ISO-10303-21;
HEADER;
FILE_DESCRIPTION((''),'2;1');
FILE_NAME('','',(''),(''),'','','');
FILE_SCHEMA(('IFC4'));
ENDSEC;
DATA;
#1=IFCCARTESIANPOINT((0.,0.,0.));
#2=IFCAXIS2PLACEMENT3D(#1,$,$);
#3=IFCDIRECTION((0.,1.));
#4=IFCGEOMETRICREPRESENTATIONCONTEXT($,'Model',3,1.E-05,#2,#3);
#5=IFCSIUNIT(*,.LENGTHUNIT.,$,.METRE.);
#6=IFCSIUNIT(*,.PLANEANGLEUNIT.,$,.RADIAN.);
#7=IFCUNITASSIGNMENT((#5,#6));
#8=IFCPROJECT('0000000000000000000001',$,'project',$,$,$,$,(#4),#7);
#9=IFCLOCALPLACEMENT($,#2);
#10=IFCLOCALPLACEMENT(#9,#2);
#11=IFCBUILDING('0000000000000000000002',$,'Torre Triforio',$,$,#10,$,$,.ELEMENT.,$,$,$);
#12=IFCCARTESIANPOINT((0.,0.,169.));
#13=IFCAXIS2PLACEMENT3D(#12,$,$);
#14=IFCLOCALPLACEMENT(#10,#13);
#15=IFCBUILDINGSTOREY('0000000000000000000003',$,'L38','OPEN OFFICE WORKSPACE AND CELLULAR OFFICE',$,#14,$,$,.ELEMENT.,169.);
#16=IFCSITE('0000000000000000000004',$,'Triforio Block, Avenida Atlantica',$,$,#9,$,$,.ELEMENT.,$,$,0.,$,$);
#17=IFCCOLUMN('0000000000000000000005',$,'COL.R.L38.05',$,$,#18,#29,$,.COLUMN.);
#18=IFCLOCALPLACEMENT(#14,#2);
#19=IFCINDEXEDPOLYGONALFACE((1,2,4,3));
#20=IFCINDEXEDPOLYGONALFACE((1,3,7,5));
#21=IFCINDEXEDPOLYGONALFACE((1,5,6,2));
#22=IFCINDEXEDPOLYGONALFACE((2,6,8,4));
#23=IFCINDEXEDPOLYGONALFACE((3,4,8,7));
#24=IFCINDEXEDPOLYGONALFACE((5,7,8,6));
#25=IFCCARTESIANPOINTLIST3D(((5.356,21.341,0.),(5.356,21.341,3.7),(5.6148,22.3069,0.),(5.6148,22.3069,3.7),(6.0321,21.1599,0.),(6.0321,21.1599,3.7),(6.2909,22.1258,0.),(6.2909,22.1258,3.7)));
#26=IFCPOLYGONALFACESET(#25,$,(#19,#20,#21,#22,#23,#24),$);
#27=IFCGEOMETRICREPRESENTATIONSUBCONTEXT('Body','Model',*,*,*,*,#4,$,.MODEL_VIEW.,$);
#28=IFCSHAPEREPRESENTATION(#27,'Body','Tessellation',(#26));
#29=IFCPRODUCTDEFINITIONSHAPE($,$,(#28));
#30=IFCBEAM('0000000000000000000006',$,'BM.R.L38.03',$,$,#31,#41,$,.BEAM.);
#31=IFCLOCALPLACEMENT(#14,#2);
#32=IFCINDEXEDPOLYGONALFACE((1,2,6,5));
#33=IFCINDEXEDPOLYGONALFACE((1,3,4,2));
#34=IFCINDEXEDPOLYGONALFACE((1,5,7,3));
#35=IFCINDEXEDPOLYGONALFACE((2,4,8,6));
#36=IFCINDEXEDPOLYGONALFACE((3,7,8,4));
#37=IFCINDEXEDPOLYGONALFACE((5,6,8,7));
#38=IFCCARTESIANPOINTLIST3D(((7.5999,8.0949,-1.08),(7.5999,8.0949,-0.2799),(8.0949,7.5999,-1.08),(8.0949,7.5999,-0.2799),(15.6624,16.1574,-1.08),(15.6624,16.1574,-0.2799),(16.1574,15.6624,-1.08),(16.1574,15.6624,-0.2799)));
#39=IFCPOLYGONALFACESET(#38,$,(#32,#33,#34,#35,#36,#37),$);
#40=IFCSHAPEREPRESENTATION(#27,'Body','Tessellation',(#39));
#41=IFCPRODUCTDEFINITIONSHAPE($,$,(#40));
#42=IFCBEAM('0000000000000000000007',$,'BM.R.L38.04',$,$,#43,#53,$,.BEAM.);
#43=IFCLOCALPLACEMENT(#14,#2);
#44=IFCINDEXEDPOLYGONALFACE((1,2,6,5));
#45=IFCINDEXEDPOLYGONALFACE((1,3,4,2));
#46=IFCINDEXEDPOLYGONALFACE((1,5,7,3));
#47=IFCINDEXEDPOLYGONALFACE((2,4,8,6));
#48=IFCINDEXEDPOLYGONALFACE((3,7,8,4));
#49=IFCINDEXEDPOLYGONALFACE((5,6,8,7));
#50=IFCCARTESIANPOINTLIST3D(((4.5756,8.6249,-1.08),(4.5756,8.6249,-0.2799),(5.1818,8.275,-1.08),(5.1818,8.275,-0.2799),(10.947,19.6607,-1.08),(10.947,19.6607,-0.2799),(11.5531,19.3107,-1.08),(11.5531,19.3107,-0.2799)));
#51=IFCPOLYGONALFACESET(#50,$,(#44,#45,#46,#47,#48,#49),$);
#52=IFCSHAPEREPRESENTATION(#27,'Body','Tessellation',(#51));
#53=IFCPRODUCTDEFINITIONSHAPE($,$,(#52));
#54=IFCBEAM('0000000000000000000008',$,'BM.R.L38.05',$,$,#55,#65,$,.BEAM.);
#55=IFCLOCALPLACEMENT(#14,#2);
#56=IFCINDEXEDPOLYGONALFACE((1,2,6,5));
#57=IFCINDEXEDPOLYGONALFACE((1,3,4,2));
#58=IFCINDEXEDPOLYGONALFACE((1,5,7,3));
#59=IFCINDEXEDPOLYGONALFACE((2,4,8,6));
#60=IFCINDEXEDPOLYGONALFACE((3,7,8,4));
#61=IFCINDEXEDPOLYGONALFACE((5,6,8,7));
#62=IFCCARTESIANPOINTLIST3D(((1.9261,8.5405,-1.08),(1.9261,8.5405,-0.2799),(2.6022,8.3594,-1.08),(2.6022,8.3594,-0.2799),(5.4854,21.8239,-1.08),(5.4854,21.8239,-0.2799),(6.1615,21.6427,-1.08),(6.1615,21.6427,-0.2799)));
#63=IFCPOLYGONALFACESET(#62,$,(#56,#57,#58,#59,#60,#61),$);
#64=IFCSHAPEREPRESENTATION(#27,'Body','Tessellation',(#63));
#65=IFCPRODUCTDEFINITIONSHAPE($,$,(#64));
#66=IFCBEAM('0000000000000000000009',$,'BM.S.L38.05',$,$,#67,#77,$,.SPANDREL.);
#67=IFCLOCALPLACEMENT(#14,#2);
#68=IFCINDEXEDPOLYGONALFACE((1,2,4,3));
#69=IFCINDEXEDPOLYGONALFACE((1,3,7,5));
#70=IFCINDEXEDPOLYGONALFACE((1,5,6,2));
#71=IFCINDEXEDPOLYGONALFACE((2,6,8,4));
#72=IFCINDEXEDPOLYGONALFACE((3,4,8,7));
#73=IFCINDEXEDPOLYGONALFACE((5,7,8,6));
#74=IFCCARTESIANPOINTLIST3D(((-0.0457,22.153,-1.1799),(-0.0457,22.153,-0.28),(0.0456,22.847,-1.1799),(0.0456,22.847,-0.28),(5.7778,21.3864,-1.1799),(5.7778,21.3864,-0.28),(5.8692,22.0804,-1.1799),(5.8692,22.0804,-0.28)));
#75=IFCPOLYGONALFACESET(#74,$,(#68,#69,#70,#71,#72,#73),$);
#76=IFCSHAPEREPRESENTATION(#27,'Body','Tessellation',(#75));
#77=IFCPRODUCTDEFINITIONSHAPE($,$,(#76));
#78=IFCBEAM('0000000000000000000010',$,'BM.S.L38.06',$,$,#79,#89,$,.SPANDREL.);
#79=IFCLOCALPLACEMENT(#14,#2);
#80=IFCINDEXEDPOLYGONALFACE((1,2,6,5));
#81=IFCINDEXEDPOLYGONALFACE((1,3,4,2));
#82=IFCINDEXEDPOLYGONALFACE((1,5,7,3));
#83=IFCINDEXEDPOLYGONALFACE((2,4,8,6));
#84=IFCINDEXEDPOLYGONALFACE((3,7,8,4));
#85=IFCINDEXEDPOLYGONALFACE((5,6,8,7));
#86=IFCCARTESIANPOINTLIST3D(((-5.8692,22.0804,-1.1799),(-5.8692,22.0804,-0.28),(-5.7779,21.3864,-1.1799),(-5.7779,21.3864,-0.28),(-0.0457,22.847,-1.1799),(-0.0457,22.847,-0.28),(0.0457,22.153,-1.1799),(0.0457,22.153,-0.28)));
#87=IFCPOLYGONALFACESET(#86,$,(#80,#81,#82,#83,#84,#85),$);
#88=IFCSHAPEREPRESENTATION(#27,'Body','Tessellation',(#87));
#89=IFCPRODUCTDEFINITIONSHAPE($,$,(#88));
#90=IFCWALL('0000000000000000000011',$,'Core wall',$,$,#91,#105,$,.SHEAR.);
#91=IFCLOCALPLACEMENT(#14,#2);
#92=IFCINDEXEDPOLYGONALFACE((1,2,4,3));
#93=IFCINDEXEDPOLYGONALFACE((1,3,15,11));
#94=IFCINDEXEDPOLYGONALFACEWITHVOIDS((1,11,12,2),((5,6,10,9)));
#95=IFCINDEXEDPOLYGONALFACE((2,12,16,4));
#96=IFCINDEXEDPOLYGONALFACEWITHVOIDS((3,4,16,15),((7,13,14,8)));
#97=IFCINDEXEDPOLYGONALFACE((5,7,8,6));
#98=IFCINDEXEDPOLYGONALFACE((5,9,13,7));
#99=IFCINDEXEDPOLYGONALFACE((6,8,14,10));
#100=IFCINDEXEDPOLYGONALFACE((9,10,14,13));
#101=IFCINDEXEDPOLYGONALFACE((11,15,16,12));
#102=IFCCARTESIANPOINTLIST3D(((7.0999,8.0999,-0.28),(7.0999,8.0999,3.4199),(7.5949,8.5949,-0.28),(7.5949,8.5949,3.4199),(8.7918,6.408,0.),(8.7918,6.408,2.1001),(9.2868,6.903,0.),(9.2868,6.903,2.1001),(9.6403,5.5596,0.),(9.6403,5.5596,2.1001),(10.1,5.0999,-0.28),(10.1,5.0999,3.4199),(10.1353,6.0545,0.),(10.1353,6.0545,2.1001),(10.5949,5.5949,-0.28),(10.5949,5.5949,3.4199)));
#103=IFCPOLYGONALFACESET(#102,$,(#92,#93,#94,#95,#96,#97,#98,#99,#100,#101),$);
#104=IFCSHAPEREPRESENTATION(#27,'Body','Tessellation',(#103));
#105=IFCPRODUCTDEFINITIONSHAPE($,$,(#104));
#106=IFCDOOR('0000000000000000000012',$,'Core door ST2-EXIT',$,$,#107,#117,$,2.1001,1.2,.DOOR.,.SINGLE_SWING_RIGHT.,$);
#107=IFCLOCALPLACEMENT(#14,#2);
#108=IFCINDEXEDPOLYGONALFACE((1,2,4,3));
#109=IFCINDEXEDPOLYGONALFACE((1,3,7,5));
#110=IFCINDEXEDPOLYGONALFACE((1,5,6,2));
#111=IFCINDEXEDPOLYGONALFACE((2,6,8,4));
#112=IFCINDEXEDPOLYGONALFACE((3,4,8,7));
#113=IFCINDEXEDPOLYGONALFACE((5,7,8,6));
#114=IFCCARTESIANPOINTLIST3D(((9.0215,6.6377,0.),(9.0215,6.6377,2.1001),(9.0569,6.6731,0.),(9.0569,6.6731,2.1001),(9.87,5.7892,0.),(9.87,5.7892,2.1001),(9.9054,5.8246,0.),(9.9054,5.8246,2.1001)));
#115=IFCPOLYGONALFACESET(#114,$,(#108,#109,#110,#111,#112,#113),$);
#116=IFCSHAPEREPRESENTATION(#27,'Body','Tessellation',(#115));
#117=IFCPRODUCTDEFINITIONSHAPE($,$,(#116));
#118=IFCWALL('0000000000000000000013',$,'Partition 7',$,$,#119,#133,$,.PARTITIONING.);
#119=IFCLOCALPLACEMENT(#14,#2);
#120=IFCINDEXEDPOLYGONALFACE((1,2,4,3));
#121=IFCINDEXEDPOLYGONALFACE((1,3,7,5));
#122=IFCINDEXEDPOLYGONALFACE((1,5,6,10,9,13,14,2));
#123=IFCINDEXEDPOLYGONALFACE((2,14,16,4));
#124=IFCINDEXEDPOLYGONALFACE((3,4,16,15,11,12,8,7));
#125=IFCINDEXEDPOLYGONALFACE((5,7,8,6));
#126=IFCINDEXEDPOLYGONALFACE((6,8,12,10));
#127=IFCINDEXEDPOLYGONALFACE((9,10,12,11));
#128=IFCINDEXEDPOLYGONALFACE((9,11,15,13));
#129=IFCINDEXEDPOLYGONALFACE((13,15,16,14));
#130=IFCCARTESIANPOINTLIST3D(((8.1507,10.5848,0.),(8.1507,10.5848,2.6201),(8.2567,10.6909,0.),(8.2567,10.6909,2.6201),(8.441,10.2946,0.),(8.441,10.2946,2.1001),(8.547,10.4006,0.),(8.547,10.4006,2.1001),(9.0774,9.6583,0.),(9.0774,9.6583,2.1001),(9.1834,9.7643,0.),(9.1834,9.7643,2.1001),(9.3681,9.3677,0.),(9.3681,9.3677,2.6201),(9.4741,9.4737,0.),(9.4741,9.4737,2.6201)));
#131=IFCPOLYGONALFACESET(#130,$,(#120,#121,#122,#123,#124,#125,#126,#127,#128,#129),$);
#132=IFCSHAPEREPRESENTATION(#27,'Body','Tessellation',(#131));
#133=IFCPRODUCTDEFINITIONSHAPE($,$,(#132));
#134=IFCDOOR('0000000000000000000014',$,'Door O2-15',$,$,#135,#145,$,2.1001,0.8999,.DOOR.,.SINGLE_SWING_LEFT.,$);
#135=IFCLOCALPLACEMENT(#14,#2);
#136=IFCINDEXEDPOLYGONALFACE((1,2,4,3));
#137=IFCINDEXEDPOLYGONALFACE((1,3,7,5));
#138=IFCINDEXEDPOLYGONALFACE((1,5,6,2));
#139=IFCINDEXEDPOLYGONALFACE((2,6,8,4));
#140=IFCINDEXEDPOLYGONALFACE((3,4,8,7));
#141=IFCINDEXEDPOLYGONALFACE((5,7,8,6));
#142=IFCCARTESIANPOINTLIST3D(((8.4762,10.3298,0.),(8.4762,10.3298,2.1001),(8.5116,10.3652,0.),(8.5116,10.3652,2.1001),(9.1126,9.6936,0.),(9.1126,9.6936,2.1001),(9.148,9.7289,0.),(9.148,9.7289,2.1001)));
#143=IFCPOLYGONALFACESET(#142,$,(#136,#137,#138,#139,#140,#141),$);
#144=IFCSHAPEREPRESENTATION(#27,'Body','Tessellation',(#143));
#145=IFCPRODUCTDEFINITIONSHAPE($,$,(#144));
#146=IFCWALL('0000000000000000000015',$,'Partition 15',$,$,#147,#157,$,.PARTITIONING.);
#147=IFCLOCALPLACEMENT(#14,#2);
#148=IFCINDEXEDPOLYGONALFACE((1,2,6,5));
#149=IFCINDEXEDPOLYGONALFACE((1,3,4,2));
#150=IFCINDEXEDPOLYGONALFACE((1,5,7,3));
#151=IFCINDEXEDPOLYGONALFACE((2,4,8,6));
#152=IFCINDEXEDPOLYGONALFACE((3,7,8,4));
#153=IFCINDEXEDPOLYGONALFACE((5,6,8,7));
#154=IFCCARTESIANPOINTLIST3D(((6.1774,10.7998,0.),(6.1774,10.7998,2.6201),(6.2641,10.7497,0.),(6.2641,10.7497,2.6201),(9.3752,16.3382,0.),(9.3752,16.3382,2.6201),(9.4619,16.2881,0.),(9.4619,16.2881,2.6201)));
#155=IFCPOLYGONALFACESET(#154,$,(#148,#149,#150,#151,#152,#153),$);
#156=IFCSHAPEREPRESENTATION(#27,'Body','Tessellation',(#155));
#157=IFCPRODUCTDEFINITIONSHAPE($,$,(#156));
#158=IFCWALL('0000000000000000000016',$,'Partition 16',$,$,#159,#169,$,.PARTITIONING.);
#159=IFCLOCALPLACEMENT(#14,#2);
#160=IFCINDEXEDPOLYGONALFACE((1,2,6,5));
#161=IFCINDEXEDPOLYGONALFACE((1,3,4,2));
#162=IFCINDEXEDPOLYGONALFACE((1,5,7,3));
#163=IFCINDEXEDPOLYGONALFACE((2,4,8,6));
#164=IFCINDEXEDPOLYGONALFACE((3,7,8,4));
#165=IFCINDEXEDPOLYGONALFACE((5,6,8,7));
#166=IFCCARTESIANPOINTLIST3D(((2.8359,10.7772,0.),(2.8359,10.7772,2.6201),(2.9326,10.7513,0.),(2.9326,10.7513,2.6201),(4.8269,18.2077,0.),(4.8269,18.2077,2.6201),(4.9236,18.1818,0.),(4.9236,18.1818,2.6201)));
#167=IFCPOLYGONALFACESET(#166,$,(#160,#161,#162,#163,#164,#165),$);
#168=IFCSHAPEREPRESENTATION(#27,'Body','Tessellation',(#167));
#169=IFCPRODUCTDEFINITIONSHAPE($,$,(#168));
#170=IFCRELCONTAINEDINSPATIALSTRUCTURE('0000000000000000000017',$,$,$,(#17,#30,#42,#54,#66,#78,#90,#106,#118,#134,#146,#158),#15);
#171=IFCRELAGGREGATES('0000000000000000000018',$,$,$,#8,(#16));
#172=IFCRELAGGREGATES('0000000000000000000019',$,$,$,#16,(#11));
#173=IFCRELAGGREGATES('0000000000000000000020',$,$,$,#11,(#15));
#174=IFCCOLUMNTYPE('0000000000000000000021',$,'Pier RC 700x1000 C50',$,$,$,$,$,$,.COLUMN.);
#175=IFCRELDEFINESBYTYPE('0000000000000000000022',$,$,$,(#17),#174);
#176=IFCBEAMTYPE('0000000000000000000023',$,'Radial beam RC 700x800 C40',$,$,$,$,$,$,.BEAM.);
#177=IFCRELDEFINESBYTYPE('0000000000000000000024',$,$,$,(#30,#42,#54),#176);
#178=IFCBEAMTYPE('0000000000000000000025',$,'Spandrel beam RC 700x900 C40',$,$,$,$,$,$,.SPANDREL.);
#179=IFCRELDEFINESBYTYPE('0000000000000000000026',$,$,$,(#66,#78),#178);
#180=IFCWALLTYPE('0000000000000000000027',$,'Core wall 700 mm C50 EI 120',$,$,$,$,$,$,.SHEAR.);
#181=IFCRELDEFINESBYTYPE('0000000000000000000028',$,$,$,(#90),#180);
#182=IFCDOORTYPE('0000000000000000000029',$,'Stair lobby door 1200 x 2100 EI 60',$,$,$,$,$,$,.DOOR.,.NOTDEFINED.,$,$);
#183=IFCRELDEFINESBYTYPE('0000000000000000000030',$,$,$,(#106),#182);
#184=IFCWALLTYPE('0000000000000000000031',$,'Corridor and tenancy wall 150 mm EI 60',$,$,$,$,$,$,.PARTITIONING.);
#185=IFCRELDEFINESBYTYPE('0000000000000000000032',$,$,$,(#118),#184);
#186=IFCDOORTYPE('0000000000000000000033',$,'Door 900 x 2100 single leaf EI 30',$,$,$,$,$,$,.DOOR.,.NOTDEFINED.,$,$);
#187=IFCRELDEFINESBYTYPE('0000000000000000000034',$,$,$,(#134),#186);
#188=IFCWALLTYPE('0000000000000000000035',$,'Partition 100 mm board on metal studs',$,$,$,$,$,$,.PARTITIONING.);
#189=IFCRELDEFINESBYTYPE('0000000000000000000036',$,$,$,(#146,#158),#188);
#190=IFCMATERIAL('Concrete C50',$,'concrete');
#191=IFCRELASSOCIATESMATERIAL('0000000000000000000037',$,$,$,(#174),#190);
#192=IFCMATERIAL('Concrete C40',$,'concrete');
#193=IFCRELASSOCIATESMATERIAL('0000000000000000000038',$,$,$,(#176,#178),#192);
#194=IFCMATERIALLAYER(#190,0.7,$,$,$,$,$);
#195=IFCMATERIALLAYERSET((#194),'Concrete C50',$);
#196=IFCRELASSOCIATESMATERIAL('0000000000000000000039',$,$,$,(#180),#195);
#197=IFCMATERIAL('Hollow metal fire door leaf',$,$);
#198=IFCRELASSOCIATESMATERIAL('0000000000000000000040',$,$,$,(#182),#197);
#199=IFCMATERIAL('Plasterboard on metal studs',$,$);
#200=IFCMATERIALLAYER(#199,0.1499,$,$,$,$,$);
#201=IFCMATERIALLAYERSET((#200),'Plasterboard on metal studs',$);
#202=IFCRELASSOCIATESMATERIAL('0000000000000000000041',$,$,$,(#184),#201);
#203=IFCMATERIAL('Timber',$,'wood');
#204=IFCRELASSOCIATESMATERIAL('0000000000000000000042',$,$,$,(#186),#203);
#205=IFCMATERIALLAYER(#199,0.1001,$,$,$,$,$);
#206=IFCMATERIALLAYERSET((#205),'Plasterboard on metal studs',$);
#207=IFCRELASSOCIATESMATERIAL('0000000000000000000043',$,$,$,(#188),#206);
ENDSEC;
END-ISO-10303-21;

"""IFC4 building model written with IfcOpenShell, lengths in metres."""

from ifc_helpers import new_model, si_unit, direction, frame, frame_2d, origin, origin_2d, place, context, subcontext, project, spatial, rectangle, extrude, material, layer, layer_set, material_profile, profile_set, type_object, element, fill, save


model = new_model("IFC4")

# Units and contexts
model_context = context("Model", 3, precision=1e-05, world=origin(), true_north=direction((0.0, 1.0)))
body_context = subcontext(model_context, "Body", "Model", "MODEL_VIEW")
ifc_project = project(units=[si_unit("LENGTHUNIT", "METRE"), si_unit("PLANEANGLEUNIT", "RADIAN")], contexts=[model_context])

# Site, building, storey
site_placement = place(None, origin())
site = spatial("IfcSite", under=ifc_project, at=site_placement, Name="Triforio Block, Avenida Atlantica", CompositionType="ELEMENT", RefElevation=0.0)
building_placement = place(site_placement, origin())
building = spatial("IfcBuilding", under=site, at=building_placement, Name="Torre Triforio", CompositionType="ELEMENT")
storey_placement = place(building_placement, frame((0.0, 0.0, 169.0)))
storey = spatial("IfcBuildingStorey", under=building, at=storey_placement, Name="L38", Description="OPEN OFFICE WORKSPACE AND CELLULAR OFFICE", CompositionType="ELEMENT", Elevation=169.0)

# Column
ifc_material_1 = material(Name="Concrete C50", Category="concrete")
ifc_material_profile_1 = material_profile(ifc_material_1, rectangle(XDim=0.7, YDim=1.0, at=origin_2d()), Name="RC 700x1000")
ifc_profile_set_1 = profile_set([ifc_material_profile_1], Name="Concrete C50")
column_type = type_object("IfcColumnType", Name="Pier RC 700x1000 C50", PredefinedType="COLUMN", material=ifc_profile_set_1)
column_placement = place(storey_placement, frame((5.8235, 21.7334, 0.0), z_axis=(0.0, 0.0, 1.0), x_axis=(-0.965926, 0.258819, 0.0)))
element("IfcColumn", 1, at=column_placement, inside=storey, type_object=column_type, Name="COL.R.L38.05", PredefinedType="COLUMN", context=body_context, shape_type="SweptSolid", body=[
    extrude(rectangle(XDim=0.7, YDim=1.0, at=origin_2d()), origin(), (0.0, 0.0, 1.0), 3.7),
])

# Beams
ifc_material_2 = material(Name="Concrete C40", Category="concrete")
ifc_material_profile_2 = material_profile(ifc_material_2, rectangle(XDim=0.7, YDim=0.8, at=origin_2d()), Name="RC 700x800")
ifc_profile_set_2 = profile_set([ifc_material_profile_2], Name="Concrete C40")
beam_type_1 = type_object("IfcBeamType", Name="Radial beam RC 700x800 C40", PredefinedType="BEAM", material=ifc_profile_set_2)
beam_1_placement = place(storey_placement, frame((7.8474, 7.8474, -0.6799), z_axis=(0.707107, 0.707107, 0.0), x_axis=(-0.707107, 0.707107, 0.0)))
element("IfcBeam", 2, at=beam_1_placement, inside=storey, type_object=beam_type_1, Name="BM.R.L38.03", PredefinedType="BEAM", context=body_context, shape_type="SweptSolid", body=[
    extrude(rectangle(XDim=0.7, YDim=0.8, at=origin_2d()), origin(), (0.0, 0.0, 1.0), 11.4021),
])
beam_2_placement = place(storey_placement, frame((4.8787, 8.45, -0.6799), z_axis=(0.499994, 0.866029, 0.0), x_axis=(-0.866029, 0.499994, 0.0)))
element("IfcBeam", 3, at=beam_2_placement, inside=storey, type_object=beam_type_1, Name="BM.R.L38.04", PredefinedType="BEAM", context=body_context, shape_type="SweptSolid", body=[
    extrude(rectangle(XDim=0.7, YDim=0.8, at=origin_2d()), origin(), (0.0, 0.0, 1.0), 12.7429),
])
beam_3_placement = place(storey_placement, frame((2.2642, 8.45, -0.6799), z_axis=(0.258822, 0.965925, 0.0), x_axis=(-0.965925, 0.258822, 0.0)))
element("IfcBeam", 4, at=beam_3_placement, inside=storey, type_object=beam_type_1, Name="BM.R.L38.05", PredefinedType="BEAM", context=body_context, shape_type="SweptSolid", body=[
    extrude(rectangle(XDim=0.7, YDim=0.8, at=origin_2d()), origin(), (0.0, 0.0, 1.0), 13.752),
])
ifc_material_profile_3 = material_profile(ifc_material_2, rectangle(XDim=0.7, YDim=0.8999, at=origin_2d()), Name="RC 700x900")
ifc_profile_set_3 = profile_set([ifc_material_profile_3], Name="Concrete C40")
beam_type_2 = type_object("IfcBeamType", Name="Spandrel beam RC 700x900 C40", PredefinedType="SPANDREL", material=ifc_profile_set_3)
for number, where, z_axis, x_axis, name in (
    (5, (5.8235, 21.7334, -0.73), (-0.991447, 0.130514, 0.0), (-0.130514, -0.991447, 0.0), "BM.S.L38.05"),
    (6, (0.0, 22.5, -0.73), (-0.991447, -0.130514, 0.0), (0.130514, -0.991447, 0.0), "BM.S.L38.06"),
):
    element("IfcBeam", number, at=place(storey_placement, frame(where, z_axis=z_axis, x_axis=x_axis)), inside=storey, type_object=beam_type_2, Name=name, PredefinedType="SPANDREL", context=body_context, shape_type="SweptSolid", body=[
        extrude(rectangle(XDim=0.7, YDim=0.8999, at=origin_2d()), origin(), (0.0, 0.0, 1.0), 5.8738),
    ])

# Walls, openings, doors
ifc_layer_1 = layer(ifc_material_1, 0.7)
ifc_layer_set_1 = layer_set([ifc_layer_1], Name="Concrete C50")
wall_type_1 = type_object("IfcWallType", Name="Core wall 700 mm C50 EI 120", PredefinedType="SHEAR", material=ifc_layer_set_1)
wall_1_placement = place(storey_placement, frame((7.3474, 8.3474, -0.28), z_axis=(0.0, 0.0, 1.0), x_axis=(0.707107, -0.707107, 0.0)))
wall_1 = element("IfcWall", 7, at=wall_1_placement, inside=storey, type_object=wall_type_1, Name="Core wall", PredefinedType="SHEAR", context=body_context, shape_type="SweptSolid", body=[
    extrude(rectangle(XDim=4.2427, YDim=0.7, at=frame_2d((2.1213, 0.0))), origin(), (0.0, 0.0, 1.0), 3.7),
])
opening_1_placement = place(wall_1_placement, frame((2.3926, 0.0, 0.28)))
opening_1 = element("IfcOpeningElement", 8, at=opening_1_placement, cuts=wall_1, PredefinedType="OPENING", context=body_context, shape_type="SweptSolid", body=[
    extrude(rectangle(XDim=1.2, YDim=2.1001, at=frame_2d((0.6001, 1.05))), frame((0.0, 0.3599, 0.0), z_axis=(0.0, -1.0, 0.0), x_axis=(1.0, 0.0, 0.0)), (0.0, 0.0, 1.0), 0.72),
])
ifc_material_3 = material(Name="Hollow metal fire door leaf")
door_type_1 = type_object("IfcDoorType", Name="Stair lobby door 1200 x 2100 EI 60", OperationType="NOTDEFINED", PredefinedType="DOOR", material=ifc_material_3)
door_1_placement = place(opening_1_placement, origin())
door_1 = element("IfcDoor", 9, at=door_1_placement, inside=storey, type_object=door_type_1, Name="Core door ST2-EXIT", OperationType="SINGLE_SWING_RIGHT", OverallHeight=2.1001, OverallWidth=1.2, PredefinedType="DOOR", context=body_context, shape_type="SweptSolid", body=[
    extrude(rectangle(XDim=1.2, YDim=2.1001, at=frame_2d((0.6001, 1.05))), frame((0.0, 0.0249, 0.0), z_axis=(0.0, -1.0, 0.0), x_axis=(1.0, 0.0, 0.0)), (0.0, 0.0, 1.0), 0.05),
])
fill(opening_1, door_1)
ifc_material_4 = material(Name="Plasterboard on metal studs")
ifc_layer_2 = layer(ifc_material_4, 0.1499)
ifc_layer_set_2 = layer_set([ifc_layer_2], Name="Plasterboard on metal studs")
wall_type_2 = type_object("IfcWallType", Name="Corridor and tenancy wall 150 mm EI 60", PredefinedType="PARTITIONING", material=ifc_layer_set_2)
wall_2_placement = place(storey_placement, frame((8.2036, 10.6379, 0.0), z_axis=(0.0, 0.0, 1.0), x_axis=(0.707178, -0.707036, 0.0)))
wall_2 = element("IfcWall", 10, at=wall_2_placement, inside=storey, type_object=wall_type_2, Name="Partition 7", PredefinedType="PARTITIONING", context=body_context, shape_type="SweptSolid", body=[
    extrude(rectangle(XDim=1.7214, YDim=0.1499, at=frame_2d((0.8608, 0.0))), origin(), (0.0, 0.0, 1.0), 2.6201),
])
opening_2_placement = place(wall_2_placement, frame((0.4106, 0.0, 0.0)))
opening_2 = element("IfcOpeningElement", 11, at=opening_2_placement, cuts=wall_2, PredefinedType="OPENING", context=body_context, shape_type="SweptSolid", body=[
    extrude(rectangle(XDim=0.8999, YDim=2.1001, at=frame_2d((0.45, 1.05))), frame((0.0, 0.085, 0.0), z_axis=(0.0, -1.0, 0.0), x_axis=(1.0, 0.0, 0.0)), (0.0, 0.0, 1.0), 0.1699),
])
ifc_material_5 = material(Name="Timber", Category="wood")
door_type_2 = type_object("IfcDoorType", Name="Door 900 x 2100 single leaf EI 30", OperationType="NOTDEFINED", PredefinedType="DOOR", material=ifc_material_5)
door_2_placement = place(opening_2_placement, origin())
door_2 = element("IfcDoor", 12, at=door_2_placement, inside=storey, type_object=door_type_2, Name="Door O2-15", OperationType="SINGLE_SWING_LEFT", OverallHeight=2.1001, OverallWidth=0.8999, PredefinedType="DOOR", context=body_context, shape_type="SweptSolid", body=[
    extrude(rectangle(XDim=0.8999, YDim=2.1001, at=frame_2d((0.45, 1.05))), frame((0.0, 0.0249, 0.0), z_axis=(0.0, -1.0, 0.0), x_axis=(1.0, 0.0, 0.0)), (0.0, 0.0, 1.0), 0.05),
])
fill(opening_2, door_2)

# Walls
ifc_layer_3 = layer(ifc_material_4, 0.1001)
ifc_layer_set_3 = layer_set([ifc_layer_3], Name="Plasterboard on metal studs")
wall_type_3 = type_object("IfcWallType", Name="Partition 100 mm board on metal studs", PredefinedType="PARTITIONING", material=ifc_layer_set_3)
wall_3_placement = place(storey_placement, frame((6.2207, 10.7747, 0.0), z_axis=(0.0, 0.0, 1.0), x_axis=(0.500023, 0.866012, 0.0)))
element("IfcWall", 13, at=wall_3_placement, inside=storey, type_object=wall_type_3, Name="Partition 15", PredefinedType="PARTITIONING", context=body_context, shape_type="SweptSolid", body=[
    extrude(rectangle(XDim=6.3953, YDim=0.1001, at=frame_2d((3.1978, 0.0))), origin(), (0.0, 0.0, 1.0), 2.6201),
])
wall_4_placement = place(storey_placement, frame((2.8843, 10.7644, 0.0), z_axis=(0.0, 0.0, 1.0), x_axis=(0.258818, 0.965926, 0.0)))
element("IfcWall", 14, at=wall_4_placement, inside=storey, type_object=wall_type_3, Name="Partition 16", PredefinedType="PARTITIONING", context=body_context, shape_type="SweptSolid", body=[
    extrude(rectangle(XDim=7.6926, YDim=0.1001, at=frame_2d((3.8462, 0.0))), origin(), (0.0, 0.0, 1.0), 2.6201),
])

save(model, "model.ifc")
